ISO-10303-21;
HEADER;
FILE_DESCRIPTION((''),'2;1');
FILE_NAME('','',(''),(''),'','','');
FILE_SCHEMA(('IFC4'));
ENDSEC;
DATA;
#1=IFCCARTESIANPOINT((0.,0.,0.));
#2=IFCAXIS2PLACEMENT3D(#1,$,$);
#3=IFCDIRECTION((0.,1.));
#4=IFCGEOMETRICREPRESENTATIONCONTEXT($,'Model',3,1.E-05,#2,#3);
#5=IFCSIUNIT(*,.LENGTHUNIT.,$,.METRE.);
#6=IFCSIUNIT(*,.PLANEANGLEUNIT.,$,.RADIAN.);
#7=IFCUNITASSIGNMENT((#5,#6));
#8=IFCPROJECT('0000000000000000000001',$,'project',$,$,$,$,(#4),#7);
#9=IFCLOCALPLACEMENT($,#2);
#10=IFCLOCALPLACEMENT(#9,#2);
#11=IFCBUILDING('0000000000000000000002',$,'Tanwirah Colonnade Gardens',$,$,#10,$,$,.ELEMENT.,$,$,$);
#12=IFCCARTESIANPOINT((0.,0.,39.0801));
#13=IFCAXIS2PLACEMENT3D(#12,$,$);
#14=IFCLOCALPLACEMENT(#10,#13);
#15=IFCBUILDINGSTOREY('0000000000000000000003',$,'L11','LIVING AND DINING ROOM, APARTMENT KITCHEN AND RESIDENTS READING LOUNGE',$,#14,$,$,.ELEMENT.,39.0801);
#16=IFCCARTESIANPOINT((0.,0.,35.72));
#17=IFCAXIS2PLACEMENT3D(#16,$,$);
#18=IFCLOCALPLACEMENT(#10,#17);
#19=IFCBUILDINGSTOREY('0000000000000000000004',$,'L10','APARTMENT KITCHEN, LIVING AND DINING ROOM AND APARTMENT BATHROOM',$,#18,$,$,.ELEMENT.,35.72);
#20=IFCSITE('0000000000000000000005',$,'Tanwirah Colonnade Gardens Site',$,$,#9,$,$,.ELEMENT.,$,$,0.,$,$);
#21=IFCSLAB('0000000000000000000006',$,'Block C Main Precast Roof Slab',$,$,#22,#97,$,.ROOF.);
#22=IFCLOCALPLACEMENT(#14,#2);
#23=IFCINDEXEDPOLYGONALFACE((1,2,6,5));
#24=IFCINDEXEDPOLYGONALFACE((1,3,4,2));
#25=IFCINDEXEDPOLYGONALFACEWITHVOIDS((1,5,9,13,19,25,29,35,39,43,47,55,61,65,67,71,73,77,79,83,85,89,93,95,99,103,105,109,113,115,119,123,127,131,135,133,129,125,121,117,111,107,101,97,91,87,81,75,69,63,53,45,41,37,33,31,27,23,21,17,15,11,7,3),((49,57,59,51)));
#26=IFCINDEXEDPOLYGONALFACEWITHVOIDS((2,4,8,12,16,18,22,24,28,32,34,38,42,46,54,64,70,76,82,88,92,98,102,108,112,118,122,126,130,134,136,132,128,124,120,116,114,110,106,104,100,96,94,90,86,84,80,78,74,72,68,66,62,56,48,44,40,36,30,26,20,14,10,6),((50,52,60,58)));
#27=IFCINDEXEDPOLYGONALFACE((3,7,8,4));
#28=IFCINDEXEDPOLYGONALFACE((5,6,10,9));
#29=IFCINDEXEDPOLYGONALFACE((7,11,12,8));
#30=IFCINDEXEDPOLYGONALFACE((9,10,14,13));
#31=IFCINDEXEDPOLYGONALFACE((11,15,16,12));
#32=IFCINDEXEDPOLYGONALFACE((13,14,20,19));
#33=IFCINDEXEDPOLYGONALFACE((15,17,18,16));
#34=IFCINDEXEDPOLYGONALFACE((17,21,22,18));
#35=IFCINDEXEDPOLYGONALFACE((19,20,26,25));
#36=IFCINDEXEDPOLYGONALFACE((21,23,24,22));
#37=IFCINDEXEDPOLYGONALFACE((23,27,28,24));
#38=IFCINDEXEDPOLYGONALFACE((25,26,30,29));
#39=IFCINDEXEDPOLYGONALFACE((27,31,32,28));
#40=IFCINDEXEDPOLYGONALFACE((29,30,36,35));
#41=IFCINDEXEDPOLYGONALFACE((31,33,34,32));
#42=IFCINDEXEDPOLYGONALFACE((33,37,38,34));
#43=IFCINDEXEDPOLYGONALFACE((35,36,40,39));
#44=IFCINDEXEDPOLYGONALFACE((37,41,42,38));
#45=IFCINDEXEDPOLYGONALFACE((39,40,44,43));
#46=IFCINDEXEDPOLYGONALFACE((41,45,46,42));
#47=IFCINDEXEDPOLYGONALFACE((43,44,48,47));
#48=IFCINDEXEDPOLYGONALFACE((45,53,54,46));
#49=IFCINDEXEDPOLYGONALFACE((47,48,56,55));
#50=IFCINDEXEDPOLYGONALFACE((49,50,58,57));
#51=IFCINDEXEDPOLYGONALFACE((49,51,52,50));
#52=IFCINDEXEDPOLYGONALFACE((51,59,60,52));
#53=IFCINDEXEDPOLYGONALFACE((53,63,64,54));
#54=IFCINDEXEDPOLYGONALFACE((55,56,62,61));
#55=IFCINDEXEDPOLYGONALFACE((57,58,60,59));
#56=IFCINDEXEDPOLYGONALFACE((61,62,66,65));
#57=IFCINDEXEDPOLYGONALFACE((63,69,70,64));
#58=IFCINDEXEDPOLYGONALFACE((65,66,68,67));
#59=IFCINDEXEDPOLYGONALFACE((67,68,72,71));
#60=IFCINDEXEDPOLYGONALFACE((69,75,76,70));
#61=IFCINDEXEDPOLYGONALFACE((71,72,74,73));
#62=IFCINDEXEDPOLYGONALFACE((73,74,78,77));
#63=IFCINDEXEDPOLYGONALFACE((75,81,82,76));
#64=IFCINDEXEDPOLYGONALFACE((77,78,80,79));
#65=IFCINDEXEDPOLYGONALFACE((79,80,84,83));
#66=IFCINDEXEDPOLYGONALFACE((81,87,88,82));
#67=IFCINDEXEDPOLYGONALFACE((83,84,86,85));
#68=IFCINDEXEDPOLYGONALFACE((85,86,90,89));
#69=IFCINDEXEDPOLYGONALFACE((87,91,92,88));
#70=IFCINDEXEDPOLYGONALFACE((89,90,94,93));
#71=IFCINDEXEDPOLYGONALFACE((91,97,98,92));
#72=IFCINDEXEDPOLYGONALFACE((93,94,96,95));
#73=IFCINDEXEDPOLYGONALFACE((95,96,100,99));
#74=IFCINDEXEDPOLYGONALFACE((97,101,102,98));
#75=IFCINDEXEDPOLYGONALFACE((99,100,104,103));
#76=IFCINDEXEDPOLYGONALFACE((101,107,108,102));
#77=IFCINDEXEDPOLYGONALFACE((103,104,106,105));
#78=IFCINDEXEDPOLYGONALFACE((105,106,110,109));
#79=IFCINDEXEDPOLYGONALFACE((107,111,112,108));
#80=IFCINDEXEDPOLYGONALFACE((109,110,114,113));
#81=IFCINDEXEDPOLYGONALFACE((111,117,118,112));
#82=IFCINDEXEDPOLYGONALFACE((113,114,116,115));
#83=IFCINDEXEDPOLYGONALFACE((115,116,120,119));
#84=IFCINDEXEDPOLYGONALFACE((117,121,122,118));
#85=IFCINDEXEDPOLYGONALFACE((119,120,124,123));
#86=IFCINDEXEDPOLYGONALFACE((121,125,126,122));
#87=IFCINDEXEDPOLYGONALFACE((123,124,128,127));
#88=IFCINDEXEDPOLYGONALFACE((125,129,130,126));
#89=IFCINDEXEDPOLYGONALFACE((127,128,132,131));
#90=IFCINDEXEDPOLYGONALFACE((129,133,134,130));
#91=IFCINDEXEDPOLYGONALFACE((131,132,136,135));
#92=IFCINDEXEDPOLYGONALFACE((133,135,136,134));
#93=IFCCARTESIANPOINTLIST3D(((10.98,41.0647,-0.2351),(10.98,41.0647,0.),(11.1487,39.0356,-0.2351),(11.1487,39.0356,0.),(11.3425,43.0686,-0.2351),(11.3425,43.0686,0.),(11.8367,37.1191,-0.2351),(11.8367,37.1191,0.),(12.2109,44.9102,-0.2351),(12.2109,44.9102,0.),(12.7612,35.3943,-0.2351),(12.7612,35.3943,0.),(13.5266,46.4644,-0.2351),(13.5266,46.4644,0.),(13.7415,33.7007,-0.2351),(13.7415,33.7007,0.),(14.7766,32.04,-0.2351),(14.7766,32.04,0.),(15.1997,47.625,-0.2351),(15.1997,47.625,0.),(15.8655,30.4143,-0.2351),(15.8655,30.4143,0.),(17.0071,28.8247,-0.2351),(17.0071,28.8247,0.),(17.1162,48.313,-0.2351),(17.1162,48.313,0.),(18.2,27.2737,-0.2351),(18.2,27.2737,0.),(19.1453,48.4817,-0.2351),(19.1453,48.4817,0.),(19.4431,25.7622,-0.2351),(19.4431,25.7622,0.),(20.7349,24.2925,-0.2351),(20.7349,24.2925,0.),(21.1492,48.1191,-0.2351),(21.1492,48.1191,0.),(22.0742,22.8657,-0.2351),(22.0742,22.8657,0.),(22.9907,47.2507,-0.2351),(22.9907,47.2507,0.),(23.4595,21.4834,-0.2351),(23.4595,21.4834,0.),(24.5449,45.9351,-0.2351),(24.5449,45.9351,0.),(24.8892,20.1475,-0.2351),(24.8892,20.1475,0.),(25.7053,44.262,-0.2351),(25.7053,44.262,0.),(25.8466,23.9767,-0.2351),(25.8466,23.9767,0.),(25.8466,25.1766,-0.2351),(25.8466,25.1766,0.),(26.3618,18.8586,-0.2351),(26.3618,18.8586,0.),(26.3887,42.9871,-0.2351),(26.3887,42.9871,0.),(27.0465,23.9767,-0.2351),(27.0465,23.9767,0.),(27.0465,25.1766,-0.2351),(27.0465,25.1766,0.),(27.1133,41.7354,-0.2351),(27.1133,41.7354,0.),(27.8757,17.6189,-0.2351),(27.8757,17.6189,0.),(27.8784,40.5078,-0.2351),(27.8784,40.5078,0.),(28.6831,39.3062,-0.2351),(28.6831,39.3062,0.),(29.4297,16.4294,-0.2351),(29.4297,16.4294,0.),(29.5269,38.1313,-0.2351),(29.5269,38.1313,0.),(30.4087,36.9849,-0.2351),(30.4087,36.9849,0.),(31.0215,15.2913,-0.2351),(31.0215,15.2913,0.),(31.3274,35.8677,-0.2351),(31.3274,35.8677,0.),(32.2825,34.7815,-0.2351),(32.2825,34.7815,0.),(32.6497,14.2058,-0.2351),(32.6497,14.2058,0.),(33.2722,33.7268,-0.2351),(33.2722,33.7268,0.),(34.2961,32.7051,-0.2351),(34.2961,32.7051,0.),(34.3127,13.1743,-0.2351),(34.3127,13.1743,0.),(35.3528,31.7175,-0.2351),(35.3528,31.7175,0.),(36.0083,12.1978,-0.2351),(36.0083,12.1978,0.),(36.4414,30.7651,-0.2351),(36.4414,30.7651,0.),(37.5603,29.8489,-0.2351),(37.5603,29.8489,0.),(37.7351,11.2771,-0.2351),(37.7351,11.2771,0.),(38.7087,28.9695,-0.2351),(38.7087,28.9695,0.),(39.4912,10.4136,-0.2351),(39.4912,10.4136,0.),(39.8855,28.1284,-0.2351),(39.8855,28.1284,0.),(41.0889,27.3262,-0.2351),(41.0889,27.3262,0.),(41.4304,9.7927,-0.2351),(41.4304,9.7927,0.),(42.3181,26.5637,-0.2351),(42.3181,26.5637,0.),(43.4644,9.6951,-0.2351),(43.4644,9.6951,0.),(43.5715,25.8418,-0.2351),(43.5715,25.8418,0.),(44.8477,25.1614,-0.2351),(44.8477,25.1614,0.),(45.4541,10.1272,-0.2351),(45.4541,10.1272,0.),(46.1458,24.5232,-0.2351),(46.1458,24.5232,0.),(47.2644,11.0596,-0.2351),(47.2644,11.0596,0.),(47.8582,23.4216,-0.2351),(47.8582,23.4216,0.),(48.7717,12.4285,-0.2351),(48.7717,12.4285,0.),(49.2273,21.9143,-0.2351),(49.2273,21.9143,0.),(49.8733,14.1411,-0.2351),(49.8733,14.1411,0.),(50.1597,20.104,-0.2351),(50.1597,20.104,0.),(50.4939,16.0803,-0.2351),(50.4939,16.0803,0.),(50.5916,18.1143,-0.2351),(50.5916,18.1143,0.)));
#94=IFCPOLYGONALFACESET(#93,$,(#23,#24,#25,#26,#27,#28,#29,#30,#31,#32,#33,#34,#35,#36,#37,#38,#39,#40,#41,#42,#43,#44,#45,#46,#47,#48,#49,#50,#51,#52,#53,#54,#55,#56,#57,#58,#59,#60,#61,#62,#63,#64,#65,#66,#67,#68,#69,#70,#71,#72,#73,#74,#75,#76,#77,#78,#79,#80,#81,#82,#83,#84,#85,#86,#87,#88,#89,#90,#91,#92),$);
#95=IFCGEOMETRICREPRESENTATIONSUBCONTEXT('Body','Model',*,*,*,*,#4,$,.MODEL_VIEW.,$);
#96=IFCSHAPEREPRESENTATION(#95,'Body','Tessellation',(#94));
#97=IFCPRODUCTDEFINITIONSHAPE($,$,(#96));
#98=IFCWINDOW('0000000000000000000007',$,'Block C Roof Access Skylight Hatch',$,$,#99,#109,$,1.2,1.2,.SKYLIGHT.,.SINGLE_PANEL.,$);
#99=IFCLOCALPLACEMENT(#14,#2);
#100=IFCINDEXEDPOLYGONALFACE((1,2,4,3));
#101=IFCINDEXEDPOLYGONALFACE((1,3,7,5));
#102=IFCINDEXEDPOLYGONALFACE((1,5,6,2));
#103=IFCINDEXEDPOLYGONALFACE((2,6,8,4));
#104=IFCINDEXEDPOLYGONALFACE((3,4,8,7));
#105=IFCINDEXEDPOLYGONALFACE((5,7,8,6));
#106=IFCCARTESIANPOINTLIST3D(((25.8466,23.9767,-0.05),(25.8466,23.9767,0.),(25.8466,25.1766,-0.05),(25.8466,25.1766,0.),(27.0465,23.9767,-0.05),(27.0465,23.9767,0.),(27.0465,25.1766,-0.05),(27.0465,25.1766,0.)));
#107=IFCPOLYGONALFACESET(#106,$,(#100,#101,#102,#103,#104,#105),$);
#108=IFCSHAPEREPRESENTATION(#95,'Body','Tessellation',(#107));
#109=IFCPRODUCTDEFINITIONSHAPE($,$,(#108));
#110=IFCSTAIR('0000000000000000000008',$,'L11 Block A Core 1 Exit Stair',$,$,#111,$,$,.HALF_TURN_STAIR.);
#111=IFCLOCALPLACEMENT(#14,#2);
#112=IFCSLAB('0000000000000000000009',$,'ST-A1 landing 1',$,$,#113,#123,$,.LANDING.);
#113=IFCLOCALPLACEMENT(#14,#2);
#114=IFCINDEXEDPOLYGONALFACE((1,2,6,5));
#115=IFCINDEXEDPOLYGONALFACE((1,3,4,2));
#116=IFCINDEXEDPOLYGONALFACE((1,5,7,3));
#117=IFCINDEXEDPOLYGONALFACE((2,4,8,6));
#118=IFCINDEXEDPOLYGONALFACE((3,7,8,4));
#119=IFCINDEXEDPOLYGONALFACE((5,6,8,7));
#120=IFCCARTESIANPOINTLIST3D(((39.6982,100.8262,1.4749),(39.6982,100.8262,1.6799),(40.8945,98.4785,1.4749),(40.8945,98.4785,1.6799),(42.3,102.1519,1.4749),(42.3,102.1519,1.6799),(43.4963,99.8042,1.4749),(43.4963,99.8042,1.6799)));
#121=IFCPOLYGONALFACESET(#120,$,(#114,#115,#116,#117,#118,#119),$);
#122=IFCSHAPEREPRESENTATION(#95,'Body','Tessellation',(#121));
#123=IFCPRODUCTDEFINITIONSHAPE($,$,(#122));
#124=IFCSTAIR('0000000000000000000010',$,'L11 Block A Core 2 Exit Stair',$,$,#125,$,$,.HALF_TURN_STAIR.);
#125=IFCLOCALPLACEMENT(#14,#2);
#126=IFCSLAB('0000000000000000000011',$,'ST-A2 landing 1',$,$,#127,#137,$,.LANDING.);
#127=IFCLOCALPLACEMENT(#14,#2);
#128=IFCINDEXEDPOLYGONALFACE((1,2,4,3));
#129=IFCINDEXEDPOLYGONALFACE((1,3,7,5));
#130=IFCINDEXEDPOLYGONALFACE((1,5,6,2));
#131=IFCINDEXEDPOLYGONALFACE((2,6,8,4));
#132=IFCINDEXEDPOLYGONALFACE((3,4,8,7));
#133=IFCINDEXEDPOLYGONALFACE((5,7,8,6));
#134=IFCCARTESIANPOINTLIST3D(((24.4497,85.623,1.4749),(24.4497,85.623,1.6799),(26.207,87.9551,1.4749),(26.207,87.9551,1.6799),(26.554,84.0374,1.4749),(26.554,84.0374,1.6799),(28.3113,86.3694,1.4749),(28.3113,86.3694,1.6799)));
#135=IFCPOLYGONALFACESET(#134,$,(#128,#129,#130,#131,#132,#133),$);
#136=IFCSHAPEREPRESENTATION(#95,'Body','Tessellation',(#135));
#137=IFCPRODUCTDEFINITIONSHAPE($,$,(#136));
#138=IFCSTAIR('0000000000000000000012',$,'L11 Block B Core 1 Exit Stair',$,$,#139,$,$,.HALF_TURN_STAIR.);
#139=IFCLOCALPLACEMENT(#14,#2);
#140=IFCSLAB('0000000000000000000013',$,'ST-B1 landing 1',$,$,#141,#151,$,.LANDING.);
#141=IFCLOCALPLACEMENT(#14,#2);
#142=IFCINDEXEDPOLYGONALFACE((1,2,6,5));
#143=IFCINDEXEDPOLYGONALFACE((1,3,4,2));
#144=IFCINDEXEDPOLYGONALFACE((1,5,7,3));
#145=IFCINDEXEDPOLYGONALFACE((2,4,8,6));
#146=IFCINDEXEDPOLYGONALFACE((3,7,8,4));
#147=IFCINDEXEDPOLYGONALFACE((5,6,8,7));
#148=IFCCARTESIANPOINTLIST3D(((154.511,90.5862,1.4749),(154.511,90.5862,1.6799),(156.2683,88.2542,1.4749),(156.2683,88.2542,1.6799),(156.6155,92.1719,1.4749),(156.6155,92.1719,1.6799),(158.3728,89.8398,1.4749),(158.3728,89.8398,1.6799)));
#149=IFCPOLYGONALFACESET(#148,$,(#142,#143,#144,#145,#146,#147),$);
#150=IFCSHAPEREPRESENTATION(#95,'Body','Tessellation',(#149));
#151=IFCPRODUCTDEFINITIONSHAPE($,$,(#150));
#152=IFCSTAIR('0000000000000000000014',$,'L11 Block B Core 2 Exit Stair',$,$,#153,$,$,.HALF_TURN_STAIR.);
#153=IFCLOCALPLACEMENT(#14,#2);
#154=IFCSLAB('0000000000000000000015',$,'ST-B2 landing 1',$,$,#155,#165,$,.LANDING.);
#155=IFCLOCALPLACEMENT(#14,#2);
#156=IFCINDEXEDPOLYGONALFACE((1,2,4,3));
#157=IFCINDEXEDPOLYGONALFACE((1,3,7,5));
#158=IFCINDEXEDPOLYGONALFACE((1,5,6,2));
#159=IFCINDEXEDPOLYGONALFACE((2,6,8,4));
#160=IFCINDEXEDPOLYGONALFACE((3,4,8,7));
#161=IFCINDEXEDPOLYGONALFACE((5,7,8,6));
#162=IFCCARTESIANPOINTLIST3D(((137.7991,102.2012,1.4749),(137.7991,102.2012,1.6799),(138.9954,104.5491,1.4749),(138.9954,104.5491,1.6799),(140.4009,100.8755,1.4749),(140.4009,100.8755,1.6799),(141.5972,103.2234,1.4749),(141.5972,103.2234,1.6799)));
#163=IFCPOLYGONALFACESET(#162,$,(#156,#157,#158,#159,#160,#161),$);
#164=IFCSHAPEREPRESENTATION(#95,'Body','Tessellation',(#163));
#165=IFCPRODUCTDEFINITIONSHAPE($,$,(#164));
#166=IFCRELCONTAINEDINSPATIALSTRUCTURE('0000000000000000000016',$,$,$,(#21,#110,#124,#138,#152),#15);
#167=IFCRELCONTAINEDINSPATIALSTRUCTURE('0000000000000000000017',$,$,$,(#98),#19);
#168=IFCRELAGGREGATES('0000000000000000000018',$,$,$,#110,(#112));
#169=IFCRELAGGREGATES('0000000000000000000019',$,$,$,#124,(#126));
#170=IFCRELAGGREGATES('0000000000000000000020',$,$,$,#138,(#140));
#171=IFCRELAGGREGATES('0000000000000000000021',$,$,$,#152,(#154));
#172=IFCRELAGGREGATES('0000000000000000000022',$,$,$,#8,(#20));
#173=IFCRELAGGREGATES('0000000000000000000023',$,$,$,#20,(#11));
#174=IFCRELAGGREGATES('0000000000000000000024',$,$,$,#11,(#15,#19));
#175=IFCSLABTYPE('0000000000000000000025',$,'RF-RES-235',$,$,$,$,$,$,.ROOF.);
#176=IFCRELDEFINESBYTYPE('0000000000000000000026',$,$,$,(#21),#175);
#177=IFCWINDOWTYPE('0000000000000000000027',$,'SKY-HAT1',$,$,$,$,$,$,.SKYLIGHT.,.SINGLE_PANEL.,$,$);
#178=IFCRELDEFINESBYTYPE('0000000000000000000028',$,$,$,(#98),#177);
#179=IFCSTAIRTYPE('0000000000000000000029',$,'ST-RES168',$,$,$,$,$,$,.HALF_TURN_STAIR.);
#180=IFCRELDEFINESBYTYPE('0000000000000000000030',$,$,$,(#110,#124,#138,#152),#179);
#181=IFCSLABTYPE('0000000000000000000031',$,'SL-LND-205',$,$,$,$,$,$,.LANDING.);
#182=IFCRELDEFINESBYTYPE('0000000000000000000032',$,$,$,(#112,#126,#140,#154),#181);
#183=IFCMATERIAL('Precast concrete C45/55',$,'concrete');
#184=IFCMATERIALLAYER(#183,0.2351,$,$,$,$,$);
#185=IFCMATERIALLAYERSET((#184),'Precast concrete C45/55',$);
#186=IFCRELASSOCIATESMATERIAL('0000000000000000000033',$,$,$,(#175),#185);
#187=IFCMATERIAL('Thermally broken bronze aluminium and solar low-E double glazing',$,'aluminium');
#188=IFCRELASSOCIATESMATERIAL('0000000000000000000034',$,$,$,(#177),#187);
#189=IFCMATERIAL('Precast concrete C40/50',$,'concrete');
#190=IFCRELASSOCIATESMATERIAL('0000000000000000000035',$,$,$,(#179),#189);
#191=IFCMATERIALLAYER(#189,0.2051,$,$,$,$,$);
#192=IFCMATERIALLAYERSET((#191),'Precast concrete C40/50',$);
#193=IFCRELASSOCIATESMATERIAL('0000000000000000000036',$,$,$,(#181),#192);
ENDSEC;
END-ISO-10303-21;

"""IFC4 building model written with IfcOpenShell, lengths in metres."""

from ifc_helpers import new_model, si_unit, direction, frame, origin, origin_2d, place, context, subcontext, project, spatial, polyline, rectangle, outline, extrude, material, layer, layer_set, type_object, element, fill, aggregate, save


model = new_model("IFC4")

# Units and contexts
model_context = context("Model", 3, precision=1e-05, world=origin(), true_north=direction((0.0, 1.0)))
body_context = subcontext(model_context, "Body", "Model", "MODEL_VIEW")
ifc_project = project(units=[si_unit("LENGTHUNIT", "METRE"), si_unit("PLANEANGLEUNIT", "RADIAN")], contexts=[model_context])

# Site, building, storey
site_placement = place(None, origin())
site = spatial("IfcSite", under=ifc_project, at=site_placement, Name="Tanwirah Colonnade Gardens Site", CompositionType="ELEMENT", RefElevation=0.0)
building_placement = place(site_placement, origin())
building = spatial("IfcBuilding", under=site, at=building_placement, Name="Tanwirah Colonnade Gardens", CompositionType="ELEMENT")
storey_1_placement = place(building_placement, frame((0.0, 0.0, 39.0801)))
storey_1 = spatial("IfcBuildingStorey", under=building, at=storey_1_placement, Name="L11", Description="LIVING AND DINING ROOM, APARTMENT KITCHEN AND RESIDENTS READING LOUNGE", CompositionType="ELEMENT", Elevation=39.0801)

# Slab, opening
ifc_material_1 = material(Name="Precast concrete C45/55", Category="concrete")
ifc_layer_1 = layer(ifc_material_1, 0.2351)
ifc_layer_set_1 = layer_set([ifc_layer_1], Name="Precast concrete C45/55")
slab_type_1 = type_object("IfcSlabType", Name="RF-RES-235", PredefinedType="ROOF", material=ifc_layer_set_1)
slab_1_placement = place(storey_1_placement, frame((0.0, 0.0, -0.2351)))
slab_1 = element("IfcSlab", 1, at=slab_1_placement, inside=storey_1, type_object=slab_type_1, Name="Block C Main Precast Roof Slab", PredefinedType="ROOF", context=body_context, shape_type="SweptSolid", body=[
    extrude(outline(polyline([(24.5449, 45.9351), (22.9907, 47.2507), (21.1492, 48.1191), (19.1453, 48.4817), (17.1162, 48.313), (15.1997, 47.625), (13.5266, 46.4644), (12.2109, 44.9102), (11.3425, 43.0686), (10.98, 41.0647), (11.1487, 39.0356), (11.8367, 37.1191), (12.7612, 35.3943), (13.7415, 33.7007), (14.7766, 32.04), (15.8655, 30.4143), (17.0071, 28.8247), (18.2, 27.2737), (19.4431, 25.7622), (20.7349, 24.2925), (22.0742, 22.8657), (23.4595, 21.4834), (24.8892, 20.1475), (26.3618, 18.8586), (27.8757, 17.6189), (29.4297, 16.4294), (31.0215, 15.2913), (32.6497, 14.2058), (34.3127, 13.1743), (36.0083, 12.1978), (37.7351, 11.2771), (39.4912, 10.4136), (41.4304, 9.7927), (43.4644, 9.6951), (45.4541, 10.1272), (47.2644, 11.0596), (48.7717, 12.4285), (49.8733, 14.1411), (50.4939, 16.0803), (50.5916, 18.1143), (50.1597, 20.104), (49.2273, 21.9143), (47.8582, 23.4216), (46.1458, 24.5232), (44.8477, 25.1614), (43.5715, 25.8418), (42.3181, 26.5637), (41.0889, 27.3262), (39.8855, 28.1284), (38.7087, 28.9695), (37.5603, 29.8489), (36.4414, 30.7651), (35.3528, 31.7175), (34.2961, 32.7051), (33.2722, 33.7268), (32.2825, 34.7815), (31.3274, 35.8677), (30.4087, 36.9849), (29.5269, 38.1313), (28.6831, 39.3062), (27.8784, 40.5078), (27.1133, 41.7354), (26.3887, 42.9871), (25.7053, 44.262), (24.5449, 45.9351)])), origin(), (0.0, 0.0, 1.0), 0.2351),
])
opening_placement = place(slab_1_placement, frame((26.4465, 24.5767, -0.01)))
opening = element("IfcOpeningElement", 2, at=opening_placement, cuts=slab_1, PredefinedType="OPENING", context=body_context, shape_type="SweptSolid", body=[
    extrude(rectangle(XDim=1.2, YDim=1.2, at=origin_2d()), origin(), (0.0, 0.0, 1.0), 0.2551),
])

# Shared definitions
storey_2_placement = place(building_placement, frame((0.0, 0.0, 35.72)))
storey_2 = spatial("IfcBuildingStorey", under=building, at=storey_2_placement, Name="L10", Description="APARTMENT KITCHEN, LIVING AND DINING ROOM AND APARTMENT BATHROOM", CompositionType="ELEMENT", Elevation=35.72)

# Window
ifc_material_2 = material(Name="Thermally broken bronze aluminium and solar low-E double glazing", Category="aluminium")
window_type = type_object("IfcWindowType", Name="SKY-HAT1", PartitioningType="SINGLE_PANEL", PredefinedType="SKYLIGHT", material=ifc_material_2)
window_placement = place(slab_1_placement, frame((26.4465, 24.5767, 0.1851)))
window = element("IfcWindow", 3, at=window_placement, inside=storey_2, type_object=window_type, Name="Block C Roof Access Skylight Hatch", OverallHeight=1.2, OverallWidth=1.2, PartitioningType="SINGLE_PANEL", PredefinedType="SKYLIGHT", context=body_context, shape_type="SweptSolid", body=[
    extrude(rectangle(XDim=1.2, YDim=1.2, at=origin_2d()), origin(), (0.0, 0.0, 1.0), 0.05),
])
fill(opening, window)

# Stairs, slabs
ifc_material_3 = material(Name="Precast concrete C40/50", Category="concrete")
stair_type = type_object("IfcStairType", Name="ST-RES168", PredefinedType="HALF_TURN_STAIR", material=ifc_material_3)
stair_1_placement = place(storey_1_placement, origin())
stair_1 = element("IfcStair", 4, at=stair_1_placement, inside=storey_1, type_object=stair_type, Name="L11 Block A Core 1 Exit Stair", PredefinedType="HALF_TURN_STAIR")
ifc_layer_2 = layer(ifc_material_3, 0.2051)
ifc_layer_set_2 = layer_set([ifc_layer_2], Name="Precast concrete C40/50")
slab_type_2 = type_object("IfcSlabType", Name="SL-LND-205", PredefinedType="LANDING", material=ifc_layer_set_2)
slab_2_placement = place(storey_1_placement, frame((0.0, 0.0, 1.4749)))
slab_2 = element("IfcSlab", 5, at=slab_2_placement, type_object=slab_type_2, Name="ST-A1 landing 1", PredefinedType="LANDING", context=body_context, shape_type="SweptSolid", body=[
    extrude(outline(polyline([(39.6982, 100.8262), (40.8945, 98.4785), (43.4963, 99.8042), (42.3, 102.1519), (39.6982, 100.8262)])), origin(), (0.0, 0.0, 1.0), 0.2051),
])
aggregate(stair_1, [slab_2])
stair_2_placement = place(storey_1_placement, origin())
stair_2 = element("IfcStair", 6, at=stair_2_placement, inside=storey_1, type_object=stair_type, Name="L11 Block A Core 2 Exit Stair", PredefinedType="HALF_TURN_STAIR")
slab_3_placement = place(storey_1_placement, frame((0.0, 0.0, 1.4749)))
slab_3 = element("IfcSlab", 7, at=slab_3_placement, type_object=slab_type_2, Name="ST-A2 landing 1", PredefinedType="LANDING", context=body_context, shape_type="SweptSolid", body=[
    extrude(outline(polyline([(24.4497, 85.623), (26.554, 84.0374), (28.3113, 86.3694), (26.207, 87.9551), (24.4497, 85.623)])), origin(), (0.0, 0.0, 1.0), 0.2051),
])
aggregate(stair_2, [slab_3])
stair_3_placement = place(storey_1_placement, origin())
stair_3 = element("IfcStair", 8, at=stair_3_placement, inside=storey_1, type_object=stair_type, Name="L11 Block B Core 1 Exit Stair", PredefinedType="HALF_TURN_STAIR")
slab_4_placement = place(storey_1_placement, frame((0.0, 0.0, 1.4749)))
slab_4 = element("IfcSlab", 9, at=slab_4_placement, type_object=slab_type_2, Name="ST-B1 landing 1", PredefinedType="LANDING", context=body_context, shape_type="SweptSolid", body=[
    extrude(outline(polyline([(156.6155, 92.1719), (154.511, 90.5862), (156.2683, 88.2542), (158.3728, 89.8398), (156.6155, 92.1719)])), origin(), (0.0, 0.0, 1.0), 0.2051),
])
aggregate(stair_3, [slab_4])
stair_4_placement = place(storey_1_placement, origin())
stair_4 = element("IfcStair", 10, at=stair_4_placement, inside=storey_1, type_object=stair_type, Name="L11 Block B Core 2 Exit Stair", PredefinedType="HALF_TURN_STAIR")
slab_5_placement = place(storey_1_placement, frame((0.0, 0.0, 1.4749)))
slab_5 = element("IfcSlab", 11, at=slab_5_placement, type_object=slab_type_2, Name="ST-B2 landing 1", PredefinedType="LANDING", context=body_context, shape_type="SweptSolid", body=[
    extrude(outline(polyline([(138.9954, 104.5491), (137.7991, 102.2012), (140.4009, 100.8755), (141.5972, 103.2234), (138.9954, 104.5491)])), origin(), (0.0, 0.0, 1.0), 0.2051),
])
aggregate(stair_4, [slab_5])

save(model, "model.ifc")
